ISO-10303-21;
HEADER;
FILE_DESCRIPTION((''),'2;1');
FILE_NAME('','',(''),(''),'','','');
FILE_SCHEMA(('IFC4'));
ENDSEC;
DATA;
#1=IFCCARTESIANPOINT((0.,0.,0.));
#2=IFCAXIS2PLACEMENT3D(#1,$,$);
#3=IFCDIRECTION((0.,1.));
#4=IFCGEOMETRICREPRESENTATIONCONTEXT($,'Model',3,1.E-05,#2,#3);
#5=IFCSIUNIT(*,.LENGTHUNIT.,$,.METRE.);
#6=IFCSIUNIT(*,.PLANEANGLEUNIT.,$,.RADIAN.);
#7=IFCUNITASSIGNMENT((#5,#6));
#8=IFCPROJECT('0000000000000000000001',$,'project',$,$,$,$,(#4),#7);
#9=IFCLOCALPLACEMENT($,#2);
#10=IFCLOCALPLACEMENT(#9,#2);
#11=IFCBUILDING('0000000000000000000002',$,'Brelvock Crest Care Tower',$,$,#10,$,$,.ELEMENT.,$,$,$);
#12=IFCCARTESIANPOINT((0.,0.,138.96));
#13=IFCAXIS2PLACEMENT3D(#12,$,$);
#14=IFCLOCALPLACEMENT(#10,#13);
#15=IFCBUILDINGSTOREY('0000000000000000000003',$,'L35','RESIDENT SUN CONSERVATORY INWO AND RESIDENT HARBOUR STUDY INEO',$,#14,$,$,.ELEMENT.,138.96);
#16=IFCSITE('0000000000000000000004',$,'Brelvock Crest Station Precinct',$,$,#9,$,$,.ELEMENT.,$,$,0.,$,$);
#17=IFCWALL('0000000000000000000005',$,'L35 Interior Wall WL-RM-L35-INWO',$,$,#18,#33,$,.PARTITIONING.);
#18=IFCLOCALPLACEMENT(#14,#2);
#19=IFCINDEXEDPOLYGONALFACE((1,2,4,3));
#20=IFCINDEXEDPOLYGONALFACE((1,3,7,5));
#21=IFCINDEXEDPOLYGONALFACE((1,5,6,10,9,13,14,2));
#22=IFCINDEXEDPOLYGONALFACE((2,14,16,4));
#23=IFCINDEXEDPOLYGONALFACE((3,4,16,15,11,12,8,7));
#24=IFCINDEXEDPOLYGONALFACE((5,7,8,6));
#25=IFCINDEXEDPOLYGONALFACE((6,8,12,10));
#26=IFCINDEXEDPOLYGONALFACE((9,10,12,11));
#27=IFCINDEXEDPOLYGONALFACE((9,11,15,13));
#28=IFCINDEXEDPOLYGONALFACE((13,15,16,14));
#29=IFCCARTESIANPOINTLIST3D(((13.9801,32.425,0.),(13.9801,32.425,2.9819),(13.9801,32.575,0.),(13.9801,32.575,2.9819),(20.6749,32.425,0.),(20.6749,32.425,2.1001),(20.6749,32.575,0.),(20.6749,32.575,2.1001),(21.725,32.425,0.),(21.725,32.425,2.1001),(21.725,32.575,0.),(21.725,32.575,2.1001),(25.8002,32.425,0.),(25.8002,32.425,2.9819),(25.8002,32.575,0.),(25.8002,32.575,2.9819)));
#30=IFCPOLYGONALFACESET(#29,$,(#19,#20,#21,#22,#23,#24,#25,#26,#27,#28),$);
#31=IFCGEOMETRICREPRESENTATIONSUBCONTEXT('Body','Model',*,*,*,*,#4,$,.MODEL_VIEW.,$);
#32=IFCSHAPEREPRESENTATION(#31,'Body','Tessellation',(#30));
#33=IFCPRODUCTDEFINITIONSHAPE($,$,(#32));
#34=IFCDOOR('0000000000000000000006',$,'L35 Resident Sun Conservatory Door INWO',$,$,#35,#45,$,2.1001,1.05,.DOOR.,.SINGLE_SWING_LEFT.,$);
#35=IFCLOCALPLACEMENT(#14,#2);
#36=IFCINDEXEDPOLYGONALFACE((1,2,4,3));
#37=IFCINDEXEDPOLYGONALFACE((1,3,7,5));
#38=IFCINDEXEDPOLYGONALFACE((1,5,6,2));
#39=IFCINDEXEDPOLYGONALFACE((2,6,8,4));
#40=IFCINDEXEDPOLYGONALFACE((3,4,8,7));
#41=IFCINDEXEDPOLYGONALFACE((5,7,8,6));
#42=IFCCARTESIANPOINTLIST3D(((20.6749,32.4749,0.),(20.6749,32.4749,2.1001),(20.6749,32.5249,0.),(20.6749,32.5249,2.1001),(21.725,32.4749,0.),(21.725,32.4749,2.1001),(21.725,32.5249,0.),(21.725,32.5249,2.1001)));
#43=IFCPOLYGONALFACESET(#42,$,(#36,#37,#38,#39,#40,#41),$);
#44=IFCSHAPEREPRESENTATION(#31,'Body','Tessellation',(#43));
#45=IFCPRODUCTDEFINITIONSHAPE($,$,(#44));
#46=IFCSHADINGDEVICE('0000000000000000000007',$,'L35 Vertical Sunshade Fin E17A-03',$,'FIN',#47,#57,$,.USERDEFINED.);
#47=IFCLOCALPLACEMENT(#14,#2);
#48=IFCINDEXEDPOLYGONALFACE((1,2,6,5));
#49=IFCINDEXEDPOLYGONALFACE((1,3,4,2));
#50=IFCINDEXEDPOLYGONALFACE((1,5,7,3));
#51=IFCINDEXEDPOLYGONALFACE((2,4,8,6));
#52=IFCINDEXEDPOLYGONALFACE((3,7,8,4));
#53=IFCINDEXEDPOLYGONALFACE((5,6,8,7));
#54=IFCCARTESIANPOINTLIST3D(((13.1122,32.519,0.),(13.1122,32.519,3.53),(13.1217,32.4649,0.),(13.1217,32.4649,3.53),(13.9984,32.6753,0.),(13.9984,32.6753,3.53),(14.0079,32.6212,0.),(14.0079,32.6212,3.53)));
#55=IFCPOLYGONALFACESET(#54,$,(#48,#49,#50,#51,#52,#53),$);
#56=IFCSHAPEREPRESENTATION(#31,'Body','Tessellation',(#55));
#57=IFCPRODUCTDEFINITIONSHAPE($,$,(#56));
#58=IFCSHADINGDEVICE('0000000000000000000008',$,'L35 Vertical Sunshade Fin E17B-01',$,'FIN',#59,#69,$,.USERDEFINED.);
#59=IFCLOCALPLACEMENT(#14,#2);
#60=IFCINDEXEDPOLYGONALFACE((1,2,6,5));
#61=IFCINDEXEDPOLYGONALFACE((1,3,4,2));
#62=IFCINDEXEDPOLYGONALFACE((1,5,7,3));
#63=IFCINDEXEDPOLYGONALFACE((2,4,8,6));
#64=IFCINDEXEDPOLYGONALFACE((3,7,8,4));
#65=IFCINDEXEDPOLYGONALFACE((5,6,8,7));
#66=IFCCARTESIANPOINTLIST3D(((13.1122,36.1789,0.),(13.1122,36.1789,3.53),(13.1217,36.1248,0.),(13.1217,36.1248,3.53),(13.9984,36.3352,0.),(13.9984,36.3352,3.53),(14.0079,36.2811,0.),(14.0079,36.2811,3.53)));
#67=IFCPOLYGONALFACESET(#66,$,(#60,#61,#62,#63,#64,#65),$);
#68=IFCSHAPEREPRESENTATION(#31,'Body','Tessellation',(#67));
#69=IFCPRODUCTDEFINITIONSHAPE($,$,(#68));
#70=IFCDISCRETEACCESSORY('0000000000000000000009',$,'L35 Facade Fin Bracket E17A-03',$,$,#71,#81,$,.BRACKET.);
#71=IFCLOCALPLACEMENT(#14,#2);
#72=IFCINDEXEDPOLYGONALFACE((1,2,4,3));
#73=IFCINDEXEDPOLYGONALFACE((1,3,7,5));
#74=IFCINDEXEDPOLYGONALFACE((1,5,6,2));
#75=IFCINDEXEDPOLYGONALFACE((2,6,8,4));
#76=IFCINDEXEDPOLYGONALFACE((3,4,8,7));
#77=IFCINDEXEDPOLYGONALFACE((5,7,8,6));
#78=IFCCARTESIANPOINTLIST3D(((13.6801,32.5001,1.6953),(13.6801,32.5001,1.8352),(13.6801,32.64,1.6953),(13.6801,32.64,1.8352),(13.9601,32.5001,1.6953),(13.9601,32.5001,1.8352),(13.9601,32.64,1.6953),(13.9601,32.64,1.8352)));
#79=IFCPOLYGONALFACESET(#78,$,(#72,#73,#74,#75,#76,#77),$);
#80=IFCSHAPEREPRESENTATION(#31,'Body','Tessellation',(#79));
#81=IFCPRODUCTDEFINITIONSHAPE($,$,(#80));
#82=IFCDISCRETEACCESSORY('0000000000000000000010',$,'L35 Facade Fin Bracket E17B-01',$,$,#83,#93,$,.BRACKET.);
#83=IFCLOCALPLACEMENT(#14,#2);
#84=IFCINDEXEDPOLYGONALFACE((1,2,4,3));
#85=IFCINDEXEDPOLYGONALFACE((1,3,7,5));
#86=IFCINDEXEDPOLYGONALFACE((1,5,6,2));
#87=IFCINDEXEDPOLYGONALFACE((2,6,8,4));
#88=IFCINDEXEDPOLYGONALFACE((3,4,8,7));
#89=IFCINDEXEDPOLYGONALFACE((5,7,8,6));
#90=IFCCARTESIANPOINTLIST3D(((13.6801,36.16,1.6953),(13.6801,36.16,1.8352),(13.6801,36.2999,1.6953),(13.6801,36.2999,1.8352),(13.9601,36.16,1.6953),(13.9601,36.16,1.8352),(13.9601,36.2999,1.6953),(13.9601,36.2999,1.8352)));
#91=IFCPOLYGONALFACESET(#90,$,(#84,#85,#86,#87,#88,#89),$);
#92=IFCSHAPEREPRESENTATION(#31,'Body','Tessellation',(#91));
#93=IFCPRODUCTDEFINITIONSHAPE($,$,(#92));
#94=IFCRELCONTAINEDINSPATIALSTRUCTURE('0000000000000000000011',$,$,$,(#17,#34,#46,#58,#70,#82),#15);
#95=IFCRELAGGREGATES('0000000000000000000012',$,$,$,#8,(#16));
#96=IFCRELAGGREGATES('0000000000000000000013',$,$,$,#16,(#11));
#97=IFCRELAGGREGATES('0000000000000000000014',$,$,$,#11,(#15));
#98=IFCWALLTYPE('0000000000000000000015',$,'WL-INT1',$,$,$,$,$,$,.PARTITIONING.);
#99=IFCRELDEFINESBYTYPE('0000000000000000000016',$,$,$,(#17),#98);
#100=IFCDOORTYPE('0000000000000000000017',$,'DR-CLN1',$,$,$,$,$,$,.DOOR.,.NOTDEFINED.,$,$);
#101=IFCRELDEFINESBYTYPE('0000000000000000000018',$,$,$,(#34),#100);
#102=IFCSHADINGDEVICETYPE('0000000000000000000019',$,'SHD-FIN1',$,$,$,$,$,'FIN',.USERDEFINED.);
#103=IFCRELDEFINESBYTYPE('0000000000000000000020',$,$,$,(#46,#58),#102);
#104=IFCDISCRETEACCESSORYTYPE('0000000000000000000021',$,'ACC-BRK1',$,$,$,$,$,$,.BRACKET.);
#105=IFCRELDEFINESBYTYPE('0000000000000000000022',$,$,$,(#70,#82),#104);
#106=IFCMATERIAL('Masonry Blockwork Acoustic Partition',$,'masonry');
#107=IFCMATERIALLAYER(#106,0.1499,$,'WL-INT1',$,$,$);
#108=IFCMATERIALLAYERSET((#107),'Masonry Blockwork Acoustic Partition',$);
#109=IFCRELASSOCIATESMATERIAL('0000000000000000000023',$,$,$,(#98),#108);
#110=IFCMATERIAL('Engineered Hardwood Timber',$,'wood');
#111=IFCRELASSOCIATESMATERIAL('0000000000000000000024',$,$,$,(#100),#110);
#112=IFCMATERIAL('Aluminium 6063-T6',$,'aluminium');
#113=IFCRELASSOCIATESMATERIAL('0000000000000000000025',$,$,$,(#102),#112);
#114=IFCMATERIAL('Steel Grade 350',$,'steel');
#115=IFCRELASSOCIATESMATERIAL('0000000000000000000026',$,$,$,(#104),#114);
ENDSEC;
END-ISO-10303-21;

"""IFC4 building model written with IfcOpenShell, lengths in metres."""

from ifc_helpers import new_model, si_unit, direction, frame, frame_2d, origin, origin_2d, place, context, subcontext, project, spatial, rectangle, extrude, source, transform, mapped, material, layer, layer_set, material_profile, profile_set, type_object, element, fill, save


model = new_model("IFC4")

# Units and contexts
model_context = context("Model", 3, precision=1e-05, world=origin(), true_north=direction((0.0, 1.0)))
body_context = subcontext(model_context, "Body", "Model", "MODEL_VIEW")
ifc_project = project(units=[si_unit("LENGTHUNIT", "METRE"), si_unit("PLANEANGLEUNIT", "RADIAN")], contexts=[model_context])

# Site, building, storey
site_placement = place(None, origin())
site = spatial("IfcSite", under=ifc_project, at=site_placement, Name="Brelvock Crest Station Precinct", CompositionType="ELEMENT", RefElevation=0.0)
building_placement = place(site_placement, origin())
building = spatial("IfcBuilding", under=site, at=building_placement, Name="Brelvock Crest Care Tower", CompositionType="ELEMENT")
storey_placement = place(building_placement, frame((0.0, 0.0, 138.96)))
storey = spatial("IfcBuildingStorey", under=building, at=storey_placement, Name="L35", Description="RESIDENT SUN CONSERVATORY INWO AND RESIDENT HARBOUR STUDY INEO", CompositionType="ELEMENT", Elevation=138.96)

# Shared definitions
ifc_material_1 = material(Name="Steel Grade 350", Category="steel")

# Shared definitions
ifc_material_2 = material(Name="Aluminium 6063-T6", Category="aluminium")

# Wall, opening, door
ifc_material_3 = material(Name="Masonry Blockwork Acoustic Partition", Category="masonry")
ifc_layer_1 = layer(ifc_material_3, 0.1499, Name="WL-INT1")
ifc_layer_set_1 = layer_set([ifc_layer_1], Name="Masonry Blockwork Acoustic Partition")
wall_type_1 = type_object("IfcWallType", Name="WL-INT1", PredefinedType="PARTITIONING", material=ifc_layer_set_1)
wall_1_placement = place(storey_placement, frame((13.98, 32.5, 0.0), z_axis=(0.0, 0.0, 1.0), x_axis=(1.0, 0.0, 0.0)))
wall_1 = element("IfcWall", 1, at=wall_1_placement, inside=storey, type_object=wall_type_1, Name="L35 Interior Wall WL-RM-L35-INWO", PredefinedType="PARTITIONING", context=body_context, shape_type="SweptSolid", body=[
    extrude(rectangle(XDim=11.8201, YDim=0.1499, at=frame_2d((5.9102, 0.0))), origin(), (0.0, 0.0, 1.0), 2.9819),
])
opening_1_placement = place(wall_1_placement, frame((6.6951, 0.0, 0.0)))
opening_1 = element("IfcOpeningElement", 2, at=opening_1_placement, cuts=wall_1, PredefinedType="OPENING", context=body_context, shape_type="SweptSolid", body=[
    extrude(rectangle(XDim=1.05, YDim=2.1001, at=origin_2d()), frame((0.5249, 0.085, 1.05), z_axis=(0.0, -1.0, 0.0), x_axis=(1.0, 0.0, 0.0)), (0.0, 0.0, 1.0), 0.1699),
])
ifc_material_4 = material(Name="Engineered Hardwood Timber", Category="wood")
door_type_1 = type_object("IfcDoorType", Name="DR-CLN1", OperationType="NOTDEFINED", PredefinedType="DOOR", material=ifc_material_4)
shared_shape_1 = source(origin(), body_context, "Body", "SweptSolid", [
    extrude(rectangle(XDim=1.05, YDim=2.1001, at=origin_2d()), frame((0.5249, 0.0249, 1.05), z_axis=(0.0, -1.0, 0.0), x_axis=(1.0, 0.0, 0.0)), (0.0, 0.0, 1.0), 0.05),
])
door_1_placement = place(opening_1_placement, origin())
door_1 = element("IfcDoor", 3, at=door_1_placement, inside=storey, type_object=door_type_1, Name="L35 Resident Sun Conservatory Door INWO", OperationType="SINGLE_SWING_LEFT", OverallHeight=2.1001, OverallWidth=1.05, PredefinedType="DOOR", context=body_context, shape_type="MappedRepresentation", body=[
    mapped(shared_shape_1, transform((0.0, 0.0, 0.0), x_axis=(1.0, 0.0, 0.0), y_axis=(0.0, 1.0, 0.0), z_axis=(0.0, 0.0, 1.0), scale=1.0)),
])
fill(opening_1, door_1)

# Shading devices
ifc_material_profile_1 = material_profile(ifc_material_2, rectangle(XDim=0.0549, YDim=0.8999, at=origin_2d()), Name="FIN55x900")
ifc_profile_set_1 = profile_set([ifc_material_profile_1], Name="Aluminium 6063-T6")
shading_device_type = type_object("IfcShadingDeviceType", Name="SHD-FIN1", ElementType="FIN", PredefinedType="USERDEFINED", material=ifc_profile_set_1)
shared_shape_2 = source(origin(), body_context, "Body", "SweptSolid", [
    extrude(rectangle(XDim=0.0549, YDim=0.8999, at=origin_2d()), origin(), (0.0, 0.0, 1.0), 3.53),
])
for number, where, z_axis, x_axis, name in (
    (4, (13.5601, 32.5701, 0.0), (0.0, 0.0, 1.0), (-0.173648, 0.984808, 0.0), "L35 Vertical Sunshade Fin E17A-03"),
    (5, (13.5601, 36.23, 0.0), (0.0, 0.0, 1.0), (-0.173648, 0.984808, 0.0), "L35 Vertical Sunshade Fin E17B-01"),
):
    element("IfcShadingDevice", number, at=place(storey_placement, frame(where, z_axis=z_axis, x_axis=x_axis)), inside=storey, type_object=shading_device_type, Name=name, ObjectType="FIN", PredefinedType="USERDEFINED", context=body_context, shape_type="MappedRepresentation", body=[
        mapped(shared_shape_2, transform((0.0, 0.0, 0.0), x_axis=(1.0, 0.0, 0.0), y_axis=(0.0, 1.0, 0.0), z_axis=(0.0, 0.0, 1.0), scale=1.0)),
    ])

# Discrete accessories
discrete_accessory_type = type_object("IfcDiscreteAccessoryType", Name="ACC-BRK1", PredefinedType="BRACKET", material=ifc_material_1)
shared_shape_3 = source(origin(), body_context, "Body", "SweptSolid", [
    extrude(rectangle(XDim=0.28, YDim=0.1399, at=origin_2d()), origin(), (0.0, 0.0, 1.0), 0.1399),
])
for number, where, z_axis, x_axis, name in (
    (6, (13.8201, 32.5701, 1.6953), (0.0, 0.0, 1.0), (-1.0, 0.0, 0.0), "L35 Facade Fin Bracket E17A-03"),
    (7, (13.8201, 36.23, 1.6953), (0.0, 0.0, 1.0), (-1.0, 0.0, 0.0), "L35 Facade Fin Bracket E17B-01"),
):
    element("IfcDiscreteAccessory", number, at=place(storey_placement, frame(where, z_axis=z_axis, x_axis=x_axis)), inside=storey, type_object=discrete_accessory_type, Name=name, PredefinedType="BRACKET", context=body_context, shape_type="MappedRepresentation", body=[
        mapped(shared_shape_3, transform((0.0, 0.0, 0.0), x_axis=(1.0, 0.0, 0.0), y_axis=(0.0, 1.0, 0.0), z_axis=(0.0, 0.0, 1.0), scale=1.0)),
    ])

save(model, "model.ifc")
